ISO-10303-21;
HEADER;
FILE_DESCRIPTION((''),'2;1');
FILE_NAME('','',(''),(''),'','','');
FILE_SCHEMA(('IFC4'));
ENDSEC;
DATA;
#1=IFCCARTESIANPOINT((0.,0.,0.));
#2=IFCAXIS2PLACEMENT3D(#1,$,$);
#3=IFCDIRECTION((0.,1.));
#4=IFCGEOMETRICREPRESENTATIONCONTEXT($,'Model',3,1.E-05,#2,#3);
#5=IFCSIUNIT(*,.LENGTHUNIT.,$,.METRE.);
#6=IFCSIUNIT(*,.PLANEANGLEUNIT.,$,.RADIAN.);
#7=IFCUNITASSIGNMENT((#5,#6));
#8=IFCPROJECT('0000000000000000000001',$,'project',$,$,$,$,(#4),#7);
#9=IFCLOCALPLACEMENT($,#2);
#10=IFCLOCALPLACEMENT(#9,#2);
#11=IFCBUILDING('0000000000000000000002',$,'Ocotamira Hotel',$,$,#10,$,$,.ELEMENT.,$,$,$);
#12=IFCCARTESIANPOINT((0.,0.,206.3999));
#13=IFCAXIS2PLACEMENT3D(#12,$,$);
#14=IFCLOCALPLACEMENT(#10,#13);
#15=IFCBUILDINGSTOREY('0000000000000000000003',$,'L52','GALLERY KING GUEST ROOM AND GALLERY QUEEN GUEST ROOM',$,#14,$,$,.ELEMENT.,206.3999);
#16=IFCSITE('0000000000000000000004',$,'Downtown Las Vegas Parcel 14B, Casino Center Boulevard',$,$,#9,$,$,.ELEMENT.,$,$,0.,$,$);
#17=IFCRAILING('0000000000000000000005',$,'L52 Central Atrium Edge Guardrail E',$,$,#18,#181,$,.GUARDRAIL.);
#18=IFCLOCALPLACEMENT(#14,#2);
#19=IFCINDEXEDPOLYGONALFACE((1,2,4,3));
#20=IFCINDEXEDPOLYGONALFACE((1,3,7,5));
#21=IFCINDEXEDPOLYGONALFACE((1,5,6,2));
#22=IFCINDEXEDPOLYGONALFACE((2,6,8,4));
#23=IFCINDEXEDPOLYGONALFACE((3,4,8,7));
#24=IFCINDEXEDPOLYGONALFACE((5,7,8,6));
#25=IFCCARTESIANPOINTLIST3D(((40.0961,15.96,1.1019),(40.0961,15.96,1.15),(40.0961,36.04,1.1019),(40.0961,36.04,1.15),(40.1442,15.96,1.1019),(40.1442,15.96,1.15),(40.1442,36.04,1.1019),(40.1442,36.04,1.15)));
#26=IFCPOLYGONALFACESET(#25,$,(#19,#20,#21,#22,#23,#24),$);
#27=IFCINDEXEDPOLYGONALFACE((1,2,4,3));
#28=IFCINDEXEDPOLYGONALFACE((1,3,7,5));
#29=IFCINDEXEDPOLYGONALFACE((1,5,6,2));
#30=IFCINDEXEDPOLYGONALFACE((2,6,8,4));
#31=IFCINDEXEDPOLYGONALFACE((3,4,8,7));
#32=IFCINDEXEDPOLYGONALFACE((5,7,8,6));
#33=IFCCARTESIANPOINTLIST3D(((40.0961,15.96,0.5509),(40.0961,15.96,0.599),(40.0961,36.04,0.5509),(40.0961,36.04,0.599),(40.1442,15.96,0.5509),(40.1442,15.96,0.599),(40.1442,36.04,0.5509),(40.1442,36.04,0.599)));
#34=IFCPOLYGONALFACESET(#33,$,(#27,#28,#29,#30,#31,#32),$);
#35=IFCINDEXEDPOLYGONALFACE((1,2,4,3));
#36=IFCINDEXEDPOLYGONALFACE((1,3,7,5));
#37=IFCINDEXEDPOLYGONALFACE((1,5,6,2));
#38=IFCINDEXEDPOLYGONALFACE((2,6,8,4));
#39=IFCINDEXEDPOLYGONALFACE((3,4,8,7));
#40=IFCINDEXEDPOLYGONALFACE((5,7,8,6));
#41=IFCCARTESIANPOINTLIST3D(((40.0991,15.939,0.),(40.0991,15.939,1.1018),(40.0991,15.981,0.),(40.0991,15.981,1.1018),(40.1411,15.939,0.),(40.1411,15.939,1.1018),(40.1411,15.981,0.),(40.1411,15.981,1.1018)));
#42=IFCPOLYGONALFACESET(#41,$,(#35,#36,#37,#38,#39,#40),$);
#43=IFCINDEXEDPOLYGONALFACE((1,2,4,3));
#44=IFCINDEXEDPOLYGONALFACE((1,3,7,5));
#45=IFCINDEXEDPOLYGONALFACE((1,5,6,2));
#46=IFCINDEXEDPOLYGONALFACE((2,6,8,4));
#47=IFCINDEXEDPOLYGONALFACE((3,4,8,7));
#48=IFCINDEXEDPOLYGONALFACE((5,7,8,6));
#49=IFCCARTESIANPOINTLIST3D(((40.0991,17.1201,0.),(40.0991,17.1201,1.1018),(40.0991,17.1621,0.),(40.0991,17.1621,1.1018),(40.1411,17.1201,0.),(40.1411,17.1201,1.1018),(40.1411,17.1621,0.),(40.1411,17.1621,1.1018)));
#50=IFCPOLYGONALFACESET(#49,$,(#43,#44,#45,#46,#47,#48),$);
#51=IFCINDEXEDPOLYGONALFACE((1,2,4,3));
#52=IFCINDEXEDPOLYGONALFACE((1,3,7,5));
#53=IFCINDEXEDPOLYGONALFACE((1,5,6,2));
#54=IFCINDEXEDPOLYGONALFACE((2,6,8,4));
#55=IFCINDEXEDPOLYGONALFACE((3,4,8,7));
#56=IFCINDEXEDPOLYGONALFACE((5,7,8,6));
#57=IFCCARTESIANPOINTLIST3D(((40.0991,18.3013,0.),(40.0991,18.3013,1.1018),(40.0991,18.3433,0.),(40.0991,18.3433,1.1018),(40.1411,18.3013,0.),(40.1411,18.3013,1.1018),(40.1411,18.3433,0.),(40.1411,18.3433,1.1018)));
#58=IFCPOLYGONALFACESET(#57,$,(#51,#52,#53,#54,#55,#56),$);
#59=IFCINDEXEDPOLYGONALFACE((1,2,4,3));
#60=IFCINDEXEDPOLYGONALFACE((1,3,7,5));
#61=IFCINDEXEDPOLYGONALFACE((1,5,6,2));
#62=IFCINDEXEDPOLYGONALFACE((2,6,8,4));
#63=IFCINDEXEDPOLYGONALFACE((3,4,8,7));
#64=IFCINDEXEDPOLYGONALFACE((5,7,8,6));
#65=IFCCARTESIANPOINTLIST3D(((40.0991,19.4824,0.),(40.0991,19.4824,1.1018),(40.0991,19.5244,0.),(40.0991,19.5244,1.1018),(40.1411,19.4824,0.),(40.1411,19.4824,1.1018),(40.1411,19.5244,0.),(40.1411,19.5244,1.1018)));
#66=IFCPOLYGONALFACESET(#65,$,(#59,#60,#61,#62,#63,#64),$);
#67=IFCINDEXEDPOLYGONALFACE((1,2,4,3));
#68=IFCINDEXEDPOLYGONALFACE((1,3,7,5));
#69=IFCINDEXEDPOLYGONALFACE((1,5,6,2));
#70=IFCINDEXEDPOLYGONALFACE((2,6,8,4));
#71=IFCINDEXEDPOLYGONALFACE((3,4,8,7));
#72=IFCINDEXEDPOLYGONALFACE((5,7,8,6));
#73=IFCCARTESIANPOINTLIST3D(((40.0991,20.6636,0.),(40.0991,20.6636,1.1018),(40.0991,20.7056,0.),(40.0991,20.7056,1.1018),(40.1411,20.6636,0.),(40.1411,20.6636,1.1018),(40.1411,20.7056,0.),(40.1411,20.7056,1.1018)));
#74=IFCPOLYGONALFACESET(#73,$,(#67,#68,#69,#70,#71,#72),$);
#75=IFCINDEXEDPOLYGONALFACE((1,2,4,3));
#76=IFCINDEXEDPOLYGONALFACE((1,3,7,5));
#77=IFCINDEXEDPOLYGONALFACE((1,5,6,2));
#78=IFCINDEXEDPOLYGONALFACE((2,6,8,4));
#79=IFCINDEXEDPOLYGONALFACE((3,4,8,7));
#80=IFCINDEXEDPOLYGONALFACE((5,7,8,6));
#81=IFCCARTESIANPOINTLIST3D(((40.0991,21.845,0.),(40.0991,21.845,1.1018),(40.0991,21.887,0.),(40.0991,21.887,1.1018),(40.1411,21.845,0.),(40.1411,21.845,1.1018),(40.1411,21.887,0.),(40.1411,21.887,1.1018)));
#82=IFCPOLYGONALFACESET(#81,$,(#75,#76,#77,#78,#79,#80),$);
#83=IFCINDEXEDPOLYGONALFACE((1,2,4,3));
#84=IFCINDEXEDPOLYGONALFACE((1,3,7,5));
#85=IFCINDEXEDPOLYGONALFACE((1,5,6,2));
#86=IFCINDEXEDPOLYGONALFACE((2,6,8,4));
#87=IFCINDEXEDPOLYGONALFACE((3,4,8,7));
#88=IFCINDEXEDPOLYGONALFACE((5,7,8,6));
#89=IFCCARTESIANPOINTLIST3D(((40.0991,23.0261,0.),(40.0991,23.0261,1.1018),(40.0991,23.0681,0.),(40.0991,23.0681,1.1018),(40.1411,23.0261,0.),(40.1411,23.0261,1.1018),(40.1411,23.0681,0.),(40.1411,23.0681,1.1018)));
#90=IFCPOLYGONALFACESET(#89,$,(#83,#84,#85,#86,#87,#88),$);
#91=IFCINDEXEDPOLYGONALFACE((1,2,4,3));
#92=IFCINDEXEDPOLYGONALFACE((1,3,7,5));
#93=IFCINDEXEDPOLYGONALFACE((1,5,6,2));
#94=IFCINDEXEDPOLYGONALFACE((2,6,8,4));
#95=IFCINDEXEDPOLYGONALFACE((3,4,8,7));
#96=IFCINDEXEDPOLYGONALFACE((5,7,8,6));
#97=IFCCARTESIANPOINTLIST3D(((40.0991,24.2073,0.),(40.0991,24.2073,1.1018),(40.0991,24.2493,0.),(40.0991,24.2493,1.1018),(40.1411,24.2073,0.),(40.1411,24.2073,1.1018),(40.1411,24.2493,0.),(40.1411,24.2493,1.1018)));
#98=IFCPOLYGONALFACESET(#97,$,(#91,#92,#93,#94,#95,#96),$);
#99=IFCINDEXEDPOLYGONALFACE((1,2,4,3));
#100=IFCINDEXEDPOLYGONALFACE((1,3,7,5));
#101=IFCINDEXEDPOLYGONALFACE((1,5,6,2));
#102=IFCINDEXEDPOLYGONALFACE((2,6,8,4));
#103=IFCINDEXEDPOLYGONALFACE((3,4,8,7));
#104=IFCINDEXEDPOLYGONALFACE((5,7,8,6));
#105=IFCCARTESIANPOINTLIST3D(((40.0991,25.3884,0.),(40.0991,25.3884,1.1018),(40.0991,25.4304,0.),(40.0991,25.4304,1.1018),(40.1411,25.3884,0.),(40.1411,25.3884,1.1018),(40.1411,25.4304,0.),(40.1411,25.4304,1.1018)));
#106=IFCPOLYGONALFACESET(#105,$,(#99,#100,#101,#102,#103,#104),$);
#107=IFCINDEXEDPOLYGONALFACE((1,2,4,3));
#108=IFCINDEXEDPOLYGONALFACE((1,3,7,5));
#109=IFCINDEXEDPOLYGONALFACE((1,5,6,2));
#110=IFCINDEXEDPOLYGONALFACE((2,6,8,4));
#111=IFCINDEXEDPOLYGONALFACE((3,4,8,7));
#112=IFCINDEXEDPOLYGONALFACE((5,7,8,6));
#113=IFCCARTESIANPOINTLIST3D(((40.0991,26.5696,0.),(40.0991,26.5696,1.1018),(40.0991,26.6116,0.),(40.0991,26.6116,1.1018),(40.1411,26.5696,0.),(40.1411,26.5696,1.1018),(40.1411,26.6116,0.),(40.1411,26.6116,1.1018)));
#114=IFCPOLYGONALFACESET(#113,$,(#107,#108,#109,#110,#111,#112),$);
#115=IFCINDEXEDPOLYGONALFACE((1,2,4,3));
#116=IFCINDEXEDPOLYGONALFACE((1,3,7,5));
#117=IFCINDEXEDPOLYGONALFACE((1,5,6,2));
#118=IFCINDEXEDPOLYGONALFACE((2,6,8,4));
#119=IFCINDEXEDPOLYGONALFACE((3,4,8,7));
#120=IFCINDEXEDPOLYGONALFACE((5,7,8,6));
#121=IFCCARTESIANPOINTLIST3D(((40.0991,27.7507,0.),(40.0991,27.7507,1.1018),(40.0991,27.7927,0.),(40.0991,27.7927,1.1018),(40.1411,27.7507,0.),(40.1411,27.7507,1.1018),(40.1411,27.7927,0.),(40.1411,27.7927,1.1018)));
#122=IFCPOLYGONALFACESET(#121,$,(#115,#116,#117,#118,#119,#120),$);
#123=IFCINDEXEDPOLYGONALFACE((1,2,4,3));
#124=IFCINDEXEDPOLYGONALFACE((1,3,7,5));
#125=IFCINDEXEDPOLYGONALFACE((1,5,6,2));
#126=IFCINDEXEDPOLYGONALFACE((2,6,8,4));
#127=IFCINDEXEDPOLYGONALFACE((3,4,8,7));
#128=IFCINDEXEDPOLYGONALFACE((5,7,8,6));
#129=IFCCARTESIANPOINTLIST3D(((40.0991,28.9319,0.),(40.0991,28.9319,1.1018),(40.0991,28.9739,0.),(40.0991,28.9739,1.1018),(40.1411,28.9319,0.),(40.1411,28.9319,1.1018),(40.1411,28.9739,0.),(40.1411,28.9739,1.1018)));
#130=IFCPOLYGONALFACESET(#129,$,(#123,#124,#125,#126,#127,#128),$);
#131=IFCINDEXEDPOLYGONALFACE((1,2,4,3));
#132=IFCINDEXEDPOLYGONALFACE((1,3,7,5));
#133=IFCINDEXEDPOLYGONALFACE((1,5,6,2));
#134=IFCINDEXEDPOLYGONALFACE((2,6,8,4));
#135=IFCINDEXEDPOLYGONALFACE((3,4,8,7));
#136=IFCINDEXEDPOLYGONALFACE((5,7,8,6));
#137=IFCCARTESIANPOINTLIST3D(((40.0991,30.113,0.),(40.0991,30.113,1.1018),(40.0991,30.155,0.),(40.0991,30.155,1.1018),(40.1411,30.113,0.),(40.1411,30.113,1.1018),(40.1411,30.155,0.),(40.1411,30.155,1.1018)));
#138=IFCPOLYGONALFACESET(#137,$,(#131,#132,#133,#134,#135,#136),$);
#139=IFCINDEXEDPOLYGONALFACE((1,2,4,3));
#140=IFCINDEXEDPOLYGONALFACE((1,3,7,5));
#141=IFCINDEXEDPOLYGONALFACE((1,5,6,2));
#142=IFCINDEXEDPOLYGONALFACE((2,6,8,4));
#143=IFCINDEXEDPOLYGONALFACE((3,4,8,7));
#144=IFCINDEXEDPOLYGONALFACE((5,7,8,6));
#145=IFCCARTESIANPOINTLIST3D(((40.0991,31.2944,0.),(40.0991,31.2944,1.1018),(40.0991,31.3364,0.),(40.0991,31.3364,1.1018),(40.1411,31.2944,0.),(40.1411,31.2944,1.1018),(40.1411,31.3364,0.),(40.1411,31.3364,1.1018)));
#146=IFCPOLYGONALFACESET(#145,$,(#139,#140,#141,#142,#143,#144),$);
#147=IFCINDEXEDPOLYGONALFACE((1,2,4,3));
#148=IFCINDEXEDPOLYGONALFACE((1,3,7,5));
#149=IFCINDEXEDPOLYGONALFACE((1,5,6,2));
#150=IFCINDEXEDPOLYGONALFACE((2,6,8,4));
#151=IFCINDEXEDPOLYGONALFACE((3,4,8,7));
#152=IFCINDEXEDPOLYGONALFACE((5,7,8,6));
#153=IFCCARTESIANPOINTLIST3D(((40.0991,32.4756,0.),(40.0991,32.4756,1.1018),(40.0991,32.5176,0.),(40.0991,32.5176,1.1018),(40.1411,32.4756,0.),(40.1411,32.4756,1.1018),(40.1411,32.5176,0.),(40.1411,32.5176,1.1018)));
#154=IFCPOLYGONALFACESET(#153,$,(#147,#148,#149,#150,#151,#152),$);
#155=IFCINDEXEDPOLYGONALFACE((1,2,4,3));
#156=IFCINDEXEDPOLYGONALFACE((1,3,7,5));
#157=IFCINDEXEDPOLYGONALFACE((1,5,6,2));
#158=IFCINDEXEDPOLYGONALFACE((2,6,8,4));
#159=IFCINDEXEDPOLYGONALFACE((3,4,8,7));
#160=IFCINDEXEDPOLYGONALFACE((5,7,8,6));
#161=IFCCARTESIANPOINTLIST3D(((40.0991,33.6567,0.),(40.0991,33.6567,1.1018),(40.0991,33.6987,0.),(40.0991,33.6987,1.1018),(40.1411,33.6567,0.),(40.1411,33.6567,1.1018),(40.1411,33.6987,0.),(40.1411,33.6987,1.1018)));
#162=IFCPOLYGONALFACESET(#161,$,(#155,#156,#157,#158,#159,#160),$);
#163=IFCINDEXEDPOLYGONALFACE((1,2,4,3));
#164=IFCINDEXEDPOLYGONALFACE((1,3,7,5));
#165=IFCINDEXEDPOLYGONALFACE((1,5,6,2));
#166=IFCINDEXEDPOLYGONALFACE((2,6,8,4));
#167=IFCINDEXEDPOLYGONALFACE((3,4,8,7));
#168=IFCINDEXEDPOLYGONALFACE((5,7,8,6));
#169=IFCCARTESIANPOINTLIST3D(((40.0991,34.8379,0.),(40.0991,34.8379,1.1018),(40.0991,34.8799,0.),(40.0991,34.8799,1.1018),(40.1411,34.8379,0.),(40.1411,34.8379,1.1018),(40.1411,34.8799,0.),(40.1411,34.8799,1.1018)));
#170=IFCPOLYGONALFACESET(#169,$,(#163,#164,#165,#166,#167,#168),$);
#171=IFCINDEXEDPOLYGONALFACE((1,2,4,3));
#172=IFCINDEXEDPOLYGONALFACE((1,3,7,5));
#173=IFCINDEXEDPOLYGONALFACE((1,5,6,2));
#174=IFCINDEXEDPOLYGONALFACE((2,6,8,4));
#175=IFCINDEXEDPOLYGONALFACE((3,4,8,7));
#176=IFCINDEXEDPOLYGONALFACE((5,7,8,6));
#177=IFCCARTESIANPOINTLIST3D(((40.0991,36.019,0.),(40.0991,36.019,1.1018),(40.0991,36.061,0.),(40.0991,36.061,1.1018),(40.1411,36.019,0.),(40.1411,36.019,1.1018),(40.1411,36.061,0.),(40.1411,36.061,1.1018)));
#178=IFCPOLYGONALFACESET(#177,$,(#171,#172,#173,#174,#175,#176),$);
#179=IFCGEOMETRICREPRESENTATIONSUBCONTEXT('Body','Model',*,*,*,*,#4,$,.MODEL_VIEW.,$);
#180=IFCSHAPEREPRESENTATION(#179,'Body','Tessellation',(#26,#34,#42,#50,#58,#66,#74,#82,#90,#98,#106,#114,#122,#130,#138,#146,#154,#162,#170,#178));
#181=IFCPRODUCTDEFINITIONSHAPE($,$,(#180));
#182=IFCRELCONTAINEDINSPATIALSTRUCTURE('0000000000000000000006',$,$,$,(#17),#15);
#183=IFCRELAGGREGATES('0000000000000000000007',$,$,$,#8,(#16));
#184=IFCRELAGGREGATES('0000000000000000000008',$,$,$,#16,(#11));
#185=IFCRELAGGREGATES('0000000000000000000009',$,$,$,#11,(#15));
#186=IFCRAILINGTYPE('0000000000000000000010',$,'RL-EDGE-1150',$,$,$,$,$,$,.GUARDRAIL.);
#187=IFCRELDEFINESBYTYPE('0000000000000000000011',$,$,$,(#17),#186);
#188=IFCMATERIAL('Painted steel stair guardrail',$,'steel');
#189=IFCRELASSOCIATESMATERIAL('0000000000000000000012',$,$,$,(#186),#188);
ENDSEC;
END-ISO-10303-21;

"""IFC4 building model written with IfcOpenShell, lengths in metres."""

from ifc_helpers import new_model, si_unit, direction, frame, origin, origin_2d, place, context, subcontext, project, spatial, rectangle, extrude, material, type_object, element, save


model = new_model("IFC4")

# Units and contexts
model_context = context("Model", 3, precision=1e-05, world=origin(), true_north=direction((0.0, 1.0)))
body_context = subcontext(model_context, "Body", "Model", "MODEL_VIEW")
ifc_project = project(units=[si_unit("LENGTHUNIT", "METRE"), si_unit("PLANEANGLEUNIT", "RADIAN")], contexts=[model_context])

# Site, building, storey
site_placement = place(None, origin())
site = spatial("IfcSite", under=ifc_project, at=site_placement, Name="Downtown Las Vegas Parcel 14B, Casino Center Boulevard", CompositionType="ELEMENT", RefElevation=0.0)
building_placement = place(site_placement, origin())
building = spatial("IfcBuilding", under=site, at=building_placement, Name="Ocotamira Hotel", CompositionType="ELEMENT")
storey_placement = place(building_placement, frame((0.0, 0.0, 206.3999)))
storey = spatial("IfcBuildingStorey", under=building, at=storey_placement, Name="L52", Description="GALLERY KING GUEST ROOM AND GALLERY QUEEN GUEST ROOM", CompositionType="ELEMENT", Elevation=206.3999)

# Railing
ifc_material_1 = material(Name="Painted steel stair guardrail", Category="steel")
railing_type = type_object("IfcRailingType", Name="RL-EDGE-1150", PredefinedType="GUARDRAIL", material=ifc_material_1)
railing_1_placement = place(storey_placement, frame((40.1201, 15.96, 0.0)))
element("IfcRailing", 1, at=railing_1_placement, inside=storey, type_object=railing_type, Name="L52 Central Atrium Edge Guardrail E", PredefinedType="GUARDRAIL", context=body_context, shape_type="SweptSolid", body=[
    extrude(rectangle(XDim=0.0481, YDim=0.0481, at=origin_2d()), frame((0.0, 0.0, 1.126), z_axis=(0.0, 1.0, 0.0), x_axis=(-1.0, 0.0, 0.0)), (0.0, 0.0, 1.0), 20.0801),
    extrude(rectangle(XDim=0.0481, YDim=0.0481, at=origin_2d()), frame((0.0, 0.0, 0.575), z_axis=(0.0, 1.0, 0.0), x_axis=(-1.0, 0.0, 0.0)), (0.0, 0.0, 1.0), 20.0801),
    extrude(rectangle(XDim=0.042, YDim=0.042, at=origin_2d()), origin(), (0.0, 0.0, 1.0), 1.1018),
    extrude(rectangle(XDim=0.042, YDim=0.042, at=origin_2d()), frame((0.0, 1.1812, 0.0)), (0.0, 0.0, 1.0), 1.1018),
    extrude(rectangle(XDim=0.042, YDim=0.042, at=origin_2d()), frame((0.0, 2.3623, 0.0)), (0.0, 0.0, 1.0), 1.1018),
    extrude(rectangle(XDim=0.042, YDim=0.042, at=origin_2d()), frame((0.0, 3.5435, 0.0)), (0.0, 0.0, 1.0), 1.1018),
    extrude(rectangle(XDim=0.042, YDim=0.042, at=origin_2d()), frame((0.0, 4.7246, 0.0)), (0.0, 0.0, 1.0), 1.1018),
    extrude(rectangle(XDim=0.042, YDim=0.042, at=origin_2d()), frame((0.0, 5.906, 0.0)), (0.0, 0.0, 1.0), 1.1018),
    extrude(rectangle(XDim=0.042, YDim=0.042, at=origin_2d()), frame((0.0, 7.0872, 0.0)), (0.0, 0.0, 1.0), 1.1018),
    extrude(rectangle(XDim=0.042, YDim=0.042, at=origin_2d()), frame((0.0, 8.2683, 0.0)), (0.0, 0.0, 1.0), 1.1018),
    extrude(rectangle(XDim=0.042, YDim=0.042, at=origin_2d()), frame((0.0, 9.4495, 0.0)), (0.0, 0.0, 1.0), 1.1018),
    extrude(rectangle(XDim=0.042, YDim=0.042, at=origin_2d()), frame((0.0, 10.6306, 0.0)), (0.0, 0.0, 1.0), 1.1018),
    extrude(rectangle(XDim=0.042, YDim=0.042, at=origin_2d()), frame((0.0, 11.8118, 0.0)), (0.0, 0.0, 1.0), 1.1018),
    extrude(rectangle(XDim=0.042, YDim=0.042, at=origin_2d()), frame((0.0, 12.9929, 0.0)), (0.0, 0.0, 1.0), 1.1018),
    extrude(rectangle(XDim=0.042, YDim=0.042, at=origin_2d()), frame((0.0, 14.1741, 0.0)), (0.0, 0.0, 1.0), 1.1018),
    extrude(rectangle(XDim=0.042, YDim=0.042, at=origin_2d()), frame((0.0, 15.3555, 0.0)), (0.0, 0.0, 1.0), 1.1018),
    extrude(rectangle(XDim=0.042, YDim=0.042, at=origin_2d()), frame((0.0, 16.5366, 0.0)), (0.0, 0.0, 1.0), 1.1018),
    extrude(rectangle(XDim=0.042, YDim=0.042, at=origin_2d()), frame((0.0, 17.7178, 0.0)), (0.0, 0.0, 1.0), 1.1018),
    extrude(rectangle(XDim=0.042, YDim=0.042, at=origin_2d()), frame((0.0, 18.8989, 0.0)), (0.0, 0.0, 1.0), 1.1018),
    extrude(rectangle(XDim=0.042, YDim=0.042, at=origin_2d()), frame((0.0, 20.0801, 0.0)), (0.0, 0.0, 1.0), 1.1018),
])

save(model, "model.ifc")
